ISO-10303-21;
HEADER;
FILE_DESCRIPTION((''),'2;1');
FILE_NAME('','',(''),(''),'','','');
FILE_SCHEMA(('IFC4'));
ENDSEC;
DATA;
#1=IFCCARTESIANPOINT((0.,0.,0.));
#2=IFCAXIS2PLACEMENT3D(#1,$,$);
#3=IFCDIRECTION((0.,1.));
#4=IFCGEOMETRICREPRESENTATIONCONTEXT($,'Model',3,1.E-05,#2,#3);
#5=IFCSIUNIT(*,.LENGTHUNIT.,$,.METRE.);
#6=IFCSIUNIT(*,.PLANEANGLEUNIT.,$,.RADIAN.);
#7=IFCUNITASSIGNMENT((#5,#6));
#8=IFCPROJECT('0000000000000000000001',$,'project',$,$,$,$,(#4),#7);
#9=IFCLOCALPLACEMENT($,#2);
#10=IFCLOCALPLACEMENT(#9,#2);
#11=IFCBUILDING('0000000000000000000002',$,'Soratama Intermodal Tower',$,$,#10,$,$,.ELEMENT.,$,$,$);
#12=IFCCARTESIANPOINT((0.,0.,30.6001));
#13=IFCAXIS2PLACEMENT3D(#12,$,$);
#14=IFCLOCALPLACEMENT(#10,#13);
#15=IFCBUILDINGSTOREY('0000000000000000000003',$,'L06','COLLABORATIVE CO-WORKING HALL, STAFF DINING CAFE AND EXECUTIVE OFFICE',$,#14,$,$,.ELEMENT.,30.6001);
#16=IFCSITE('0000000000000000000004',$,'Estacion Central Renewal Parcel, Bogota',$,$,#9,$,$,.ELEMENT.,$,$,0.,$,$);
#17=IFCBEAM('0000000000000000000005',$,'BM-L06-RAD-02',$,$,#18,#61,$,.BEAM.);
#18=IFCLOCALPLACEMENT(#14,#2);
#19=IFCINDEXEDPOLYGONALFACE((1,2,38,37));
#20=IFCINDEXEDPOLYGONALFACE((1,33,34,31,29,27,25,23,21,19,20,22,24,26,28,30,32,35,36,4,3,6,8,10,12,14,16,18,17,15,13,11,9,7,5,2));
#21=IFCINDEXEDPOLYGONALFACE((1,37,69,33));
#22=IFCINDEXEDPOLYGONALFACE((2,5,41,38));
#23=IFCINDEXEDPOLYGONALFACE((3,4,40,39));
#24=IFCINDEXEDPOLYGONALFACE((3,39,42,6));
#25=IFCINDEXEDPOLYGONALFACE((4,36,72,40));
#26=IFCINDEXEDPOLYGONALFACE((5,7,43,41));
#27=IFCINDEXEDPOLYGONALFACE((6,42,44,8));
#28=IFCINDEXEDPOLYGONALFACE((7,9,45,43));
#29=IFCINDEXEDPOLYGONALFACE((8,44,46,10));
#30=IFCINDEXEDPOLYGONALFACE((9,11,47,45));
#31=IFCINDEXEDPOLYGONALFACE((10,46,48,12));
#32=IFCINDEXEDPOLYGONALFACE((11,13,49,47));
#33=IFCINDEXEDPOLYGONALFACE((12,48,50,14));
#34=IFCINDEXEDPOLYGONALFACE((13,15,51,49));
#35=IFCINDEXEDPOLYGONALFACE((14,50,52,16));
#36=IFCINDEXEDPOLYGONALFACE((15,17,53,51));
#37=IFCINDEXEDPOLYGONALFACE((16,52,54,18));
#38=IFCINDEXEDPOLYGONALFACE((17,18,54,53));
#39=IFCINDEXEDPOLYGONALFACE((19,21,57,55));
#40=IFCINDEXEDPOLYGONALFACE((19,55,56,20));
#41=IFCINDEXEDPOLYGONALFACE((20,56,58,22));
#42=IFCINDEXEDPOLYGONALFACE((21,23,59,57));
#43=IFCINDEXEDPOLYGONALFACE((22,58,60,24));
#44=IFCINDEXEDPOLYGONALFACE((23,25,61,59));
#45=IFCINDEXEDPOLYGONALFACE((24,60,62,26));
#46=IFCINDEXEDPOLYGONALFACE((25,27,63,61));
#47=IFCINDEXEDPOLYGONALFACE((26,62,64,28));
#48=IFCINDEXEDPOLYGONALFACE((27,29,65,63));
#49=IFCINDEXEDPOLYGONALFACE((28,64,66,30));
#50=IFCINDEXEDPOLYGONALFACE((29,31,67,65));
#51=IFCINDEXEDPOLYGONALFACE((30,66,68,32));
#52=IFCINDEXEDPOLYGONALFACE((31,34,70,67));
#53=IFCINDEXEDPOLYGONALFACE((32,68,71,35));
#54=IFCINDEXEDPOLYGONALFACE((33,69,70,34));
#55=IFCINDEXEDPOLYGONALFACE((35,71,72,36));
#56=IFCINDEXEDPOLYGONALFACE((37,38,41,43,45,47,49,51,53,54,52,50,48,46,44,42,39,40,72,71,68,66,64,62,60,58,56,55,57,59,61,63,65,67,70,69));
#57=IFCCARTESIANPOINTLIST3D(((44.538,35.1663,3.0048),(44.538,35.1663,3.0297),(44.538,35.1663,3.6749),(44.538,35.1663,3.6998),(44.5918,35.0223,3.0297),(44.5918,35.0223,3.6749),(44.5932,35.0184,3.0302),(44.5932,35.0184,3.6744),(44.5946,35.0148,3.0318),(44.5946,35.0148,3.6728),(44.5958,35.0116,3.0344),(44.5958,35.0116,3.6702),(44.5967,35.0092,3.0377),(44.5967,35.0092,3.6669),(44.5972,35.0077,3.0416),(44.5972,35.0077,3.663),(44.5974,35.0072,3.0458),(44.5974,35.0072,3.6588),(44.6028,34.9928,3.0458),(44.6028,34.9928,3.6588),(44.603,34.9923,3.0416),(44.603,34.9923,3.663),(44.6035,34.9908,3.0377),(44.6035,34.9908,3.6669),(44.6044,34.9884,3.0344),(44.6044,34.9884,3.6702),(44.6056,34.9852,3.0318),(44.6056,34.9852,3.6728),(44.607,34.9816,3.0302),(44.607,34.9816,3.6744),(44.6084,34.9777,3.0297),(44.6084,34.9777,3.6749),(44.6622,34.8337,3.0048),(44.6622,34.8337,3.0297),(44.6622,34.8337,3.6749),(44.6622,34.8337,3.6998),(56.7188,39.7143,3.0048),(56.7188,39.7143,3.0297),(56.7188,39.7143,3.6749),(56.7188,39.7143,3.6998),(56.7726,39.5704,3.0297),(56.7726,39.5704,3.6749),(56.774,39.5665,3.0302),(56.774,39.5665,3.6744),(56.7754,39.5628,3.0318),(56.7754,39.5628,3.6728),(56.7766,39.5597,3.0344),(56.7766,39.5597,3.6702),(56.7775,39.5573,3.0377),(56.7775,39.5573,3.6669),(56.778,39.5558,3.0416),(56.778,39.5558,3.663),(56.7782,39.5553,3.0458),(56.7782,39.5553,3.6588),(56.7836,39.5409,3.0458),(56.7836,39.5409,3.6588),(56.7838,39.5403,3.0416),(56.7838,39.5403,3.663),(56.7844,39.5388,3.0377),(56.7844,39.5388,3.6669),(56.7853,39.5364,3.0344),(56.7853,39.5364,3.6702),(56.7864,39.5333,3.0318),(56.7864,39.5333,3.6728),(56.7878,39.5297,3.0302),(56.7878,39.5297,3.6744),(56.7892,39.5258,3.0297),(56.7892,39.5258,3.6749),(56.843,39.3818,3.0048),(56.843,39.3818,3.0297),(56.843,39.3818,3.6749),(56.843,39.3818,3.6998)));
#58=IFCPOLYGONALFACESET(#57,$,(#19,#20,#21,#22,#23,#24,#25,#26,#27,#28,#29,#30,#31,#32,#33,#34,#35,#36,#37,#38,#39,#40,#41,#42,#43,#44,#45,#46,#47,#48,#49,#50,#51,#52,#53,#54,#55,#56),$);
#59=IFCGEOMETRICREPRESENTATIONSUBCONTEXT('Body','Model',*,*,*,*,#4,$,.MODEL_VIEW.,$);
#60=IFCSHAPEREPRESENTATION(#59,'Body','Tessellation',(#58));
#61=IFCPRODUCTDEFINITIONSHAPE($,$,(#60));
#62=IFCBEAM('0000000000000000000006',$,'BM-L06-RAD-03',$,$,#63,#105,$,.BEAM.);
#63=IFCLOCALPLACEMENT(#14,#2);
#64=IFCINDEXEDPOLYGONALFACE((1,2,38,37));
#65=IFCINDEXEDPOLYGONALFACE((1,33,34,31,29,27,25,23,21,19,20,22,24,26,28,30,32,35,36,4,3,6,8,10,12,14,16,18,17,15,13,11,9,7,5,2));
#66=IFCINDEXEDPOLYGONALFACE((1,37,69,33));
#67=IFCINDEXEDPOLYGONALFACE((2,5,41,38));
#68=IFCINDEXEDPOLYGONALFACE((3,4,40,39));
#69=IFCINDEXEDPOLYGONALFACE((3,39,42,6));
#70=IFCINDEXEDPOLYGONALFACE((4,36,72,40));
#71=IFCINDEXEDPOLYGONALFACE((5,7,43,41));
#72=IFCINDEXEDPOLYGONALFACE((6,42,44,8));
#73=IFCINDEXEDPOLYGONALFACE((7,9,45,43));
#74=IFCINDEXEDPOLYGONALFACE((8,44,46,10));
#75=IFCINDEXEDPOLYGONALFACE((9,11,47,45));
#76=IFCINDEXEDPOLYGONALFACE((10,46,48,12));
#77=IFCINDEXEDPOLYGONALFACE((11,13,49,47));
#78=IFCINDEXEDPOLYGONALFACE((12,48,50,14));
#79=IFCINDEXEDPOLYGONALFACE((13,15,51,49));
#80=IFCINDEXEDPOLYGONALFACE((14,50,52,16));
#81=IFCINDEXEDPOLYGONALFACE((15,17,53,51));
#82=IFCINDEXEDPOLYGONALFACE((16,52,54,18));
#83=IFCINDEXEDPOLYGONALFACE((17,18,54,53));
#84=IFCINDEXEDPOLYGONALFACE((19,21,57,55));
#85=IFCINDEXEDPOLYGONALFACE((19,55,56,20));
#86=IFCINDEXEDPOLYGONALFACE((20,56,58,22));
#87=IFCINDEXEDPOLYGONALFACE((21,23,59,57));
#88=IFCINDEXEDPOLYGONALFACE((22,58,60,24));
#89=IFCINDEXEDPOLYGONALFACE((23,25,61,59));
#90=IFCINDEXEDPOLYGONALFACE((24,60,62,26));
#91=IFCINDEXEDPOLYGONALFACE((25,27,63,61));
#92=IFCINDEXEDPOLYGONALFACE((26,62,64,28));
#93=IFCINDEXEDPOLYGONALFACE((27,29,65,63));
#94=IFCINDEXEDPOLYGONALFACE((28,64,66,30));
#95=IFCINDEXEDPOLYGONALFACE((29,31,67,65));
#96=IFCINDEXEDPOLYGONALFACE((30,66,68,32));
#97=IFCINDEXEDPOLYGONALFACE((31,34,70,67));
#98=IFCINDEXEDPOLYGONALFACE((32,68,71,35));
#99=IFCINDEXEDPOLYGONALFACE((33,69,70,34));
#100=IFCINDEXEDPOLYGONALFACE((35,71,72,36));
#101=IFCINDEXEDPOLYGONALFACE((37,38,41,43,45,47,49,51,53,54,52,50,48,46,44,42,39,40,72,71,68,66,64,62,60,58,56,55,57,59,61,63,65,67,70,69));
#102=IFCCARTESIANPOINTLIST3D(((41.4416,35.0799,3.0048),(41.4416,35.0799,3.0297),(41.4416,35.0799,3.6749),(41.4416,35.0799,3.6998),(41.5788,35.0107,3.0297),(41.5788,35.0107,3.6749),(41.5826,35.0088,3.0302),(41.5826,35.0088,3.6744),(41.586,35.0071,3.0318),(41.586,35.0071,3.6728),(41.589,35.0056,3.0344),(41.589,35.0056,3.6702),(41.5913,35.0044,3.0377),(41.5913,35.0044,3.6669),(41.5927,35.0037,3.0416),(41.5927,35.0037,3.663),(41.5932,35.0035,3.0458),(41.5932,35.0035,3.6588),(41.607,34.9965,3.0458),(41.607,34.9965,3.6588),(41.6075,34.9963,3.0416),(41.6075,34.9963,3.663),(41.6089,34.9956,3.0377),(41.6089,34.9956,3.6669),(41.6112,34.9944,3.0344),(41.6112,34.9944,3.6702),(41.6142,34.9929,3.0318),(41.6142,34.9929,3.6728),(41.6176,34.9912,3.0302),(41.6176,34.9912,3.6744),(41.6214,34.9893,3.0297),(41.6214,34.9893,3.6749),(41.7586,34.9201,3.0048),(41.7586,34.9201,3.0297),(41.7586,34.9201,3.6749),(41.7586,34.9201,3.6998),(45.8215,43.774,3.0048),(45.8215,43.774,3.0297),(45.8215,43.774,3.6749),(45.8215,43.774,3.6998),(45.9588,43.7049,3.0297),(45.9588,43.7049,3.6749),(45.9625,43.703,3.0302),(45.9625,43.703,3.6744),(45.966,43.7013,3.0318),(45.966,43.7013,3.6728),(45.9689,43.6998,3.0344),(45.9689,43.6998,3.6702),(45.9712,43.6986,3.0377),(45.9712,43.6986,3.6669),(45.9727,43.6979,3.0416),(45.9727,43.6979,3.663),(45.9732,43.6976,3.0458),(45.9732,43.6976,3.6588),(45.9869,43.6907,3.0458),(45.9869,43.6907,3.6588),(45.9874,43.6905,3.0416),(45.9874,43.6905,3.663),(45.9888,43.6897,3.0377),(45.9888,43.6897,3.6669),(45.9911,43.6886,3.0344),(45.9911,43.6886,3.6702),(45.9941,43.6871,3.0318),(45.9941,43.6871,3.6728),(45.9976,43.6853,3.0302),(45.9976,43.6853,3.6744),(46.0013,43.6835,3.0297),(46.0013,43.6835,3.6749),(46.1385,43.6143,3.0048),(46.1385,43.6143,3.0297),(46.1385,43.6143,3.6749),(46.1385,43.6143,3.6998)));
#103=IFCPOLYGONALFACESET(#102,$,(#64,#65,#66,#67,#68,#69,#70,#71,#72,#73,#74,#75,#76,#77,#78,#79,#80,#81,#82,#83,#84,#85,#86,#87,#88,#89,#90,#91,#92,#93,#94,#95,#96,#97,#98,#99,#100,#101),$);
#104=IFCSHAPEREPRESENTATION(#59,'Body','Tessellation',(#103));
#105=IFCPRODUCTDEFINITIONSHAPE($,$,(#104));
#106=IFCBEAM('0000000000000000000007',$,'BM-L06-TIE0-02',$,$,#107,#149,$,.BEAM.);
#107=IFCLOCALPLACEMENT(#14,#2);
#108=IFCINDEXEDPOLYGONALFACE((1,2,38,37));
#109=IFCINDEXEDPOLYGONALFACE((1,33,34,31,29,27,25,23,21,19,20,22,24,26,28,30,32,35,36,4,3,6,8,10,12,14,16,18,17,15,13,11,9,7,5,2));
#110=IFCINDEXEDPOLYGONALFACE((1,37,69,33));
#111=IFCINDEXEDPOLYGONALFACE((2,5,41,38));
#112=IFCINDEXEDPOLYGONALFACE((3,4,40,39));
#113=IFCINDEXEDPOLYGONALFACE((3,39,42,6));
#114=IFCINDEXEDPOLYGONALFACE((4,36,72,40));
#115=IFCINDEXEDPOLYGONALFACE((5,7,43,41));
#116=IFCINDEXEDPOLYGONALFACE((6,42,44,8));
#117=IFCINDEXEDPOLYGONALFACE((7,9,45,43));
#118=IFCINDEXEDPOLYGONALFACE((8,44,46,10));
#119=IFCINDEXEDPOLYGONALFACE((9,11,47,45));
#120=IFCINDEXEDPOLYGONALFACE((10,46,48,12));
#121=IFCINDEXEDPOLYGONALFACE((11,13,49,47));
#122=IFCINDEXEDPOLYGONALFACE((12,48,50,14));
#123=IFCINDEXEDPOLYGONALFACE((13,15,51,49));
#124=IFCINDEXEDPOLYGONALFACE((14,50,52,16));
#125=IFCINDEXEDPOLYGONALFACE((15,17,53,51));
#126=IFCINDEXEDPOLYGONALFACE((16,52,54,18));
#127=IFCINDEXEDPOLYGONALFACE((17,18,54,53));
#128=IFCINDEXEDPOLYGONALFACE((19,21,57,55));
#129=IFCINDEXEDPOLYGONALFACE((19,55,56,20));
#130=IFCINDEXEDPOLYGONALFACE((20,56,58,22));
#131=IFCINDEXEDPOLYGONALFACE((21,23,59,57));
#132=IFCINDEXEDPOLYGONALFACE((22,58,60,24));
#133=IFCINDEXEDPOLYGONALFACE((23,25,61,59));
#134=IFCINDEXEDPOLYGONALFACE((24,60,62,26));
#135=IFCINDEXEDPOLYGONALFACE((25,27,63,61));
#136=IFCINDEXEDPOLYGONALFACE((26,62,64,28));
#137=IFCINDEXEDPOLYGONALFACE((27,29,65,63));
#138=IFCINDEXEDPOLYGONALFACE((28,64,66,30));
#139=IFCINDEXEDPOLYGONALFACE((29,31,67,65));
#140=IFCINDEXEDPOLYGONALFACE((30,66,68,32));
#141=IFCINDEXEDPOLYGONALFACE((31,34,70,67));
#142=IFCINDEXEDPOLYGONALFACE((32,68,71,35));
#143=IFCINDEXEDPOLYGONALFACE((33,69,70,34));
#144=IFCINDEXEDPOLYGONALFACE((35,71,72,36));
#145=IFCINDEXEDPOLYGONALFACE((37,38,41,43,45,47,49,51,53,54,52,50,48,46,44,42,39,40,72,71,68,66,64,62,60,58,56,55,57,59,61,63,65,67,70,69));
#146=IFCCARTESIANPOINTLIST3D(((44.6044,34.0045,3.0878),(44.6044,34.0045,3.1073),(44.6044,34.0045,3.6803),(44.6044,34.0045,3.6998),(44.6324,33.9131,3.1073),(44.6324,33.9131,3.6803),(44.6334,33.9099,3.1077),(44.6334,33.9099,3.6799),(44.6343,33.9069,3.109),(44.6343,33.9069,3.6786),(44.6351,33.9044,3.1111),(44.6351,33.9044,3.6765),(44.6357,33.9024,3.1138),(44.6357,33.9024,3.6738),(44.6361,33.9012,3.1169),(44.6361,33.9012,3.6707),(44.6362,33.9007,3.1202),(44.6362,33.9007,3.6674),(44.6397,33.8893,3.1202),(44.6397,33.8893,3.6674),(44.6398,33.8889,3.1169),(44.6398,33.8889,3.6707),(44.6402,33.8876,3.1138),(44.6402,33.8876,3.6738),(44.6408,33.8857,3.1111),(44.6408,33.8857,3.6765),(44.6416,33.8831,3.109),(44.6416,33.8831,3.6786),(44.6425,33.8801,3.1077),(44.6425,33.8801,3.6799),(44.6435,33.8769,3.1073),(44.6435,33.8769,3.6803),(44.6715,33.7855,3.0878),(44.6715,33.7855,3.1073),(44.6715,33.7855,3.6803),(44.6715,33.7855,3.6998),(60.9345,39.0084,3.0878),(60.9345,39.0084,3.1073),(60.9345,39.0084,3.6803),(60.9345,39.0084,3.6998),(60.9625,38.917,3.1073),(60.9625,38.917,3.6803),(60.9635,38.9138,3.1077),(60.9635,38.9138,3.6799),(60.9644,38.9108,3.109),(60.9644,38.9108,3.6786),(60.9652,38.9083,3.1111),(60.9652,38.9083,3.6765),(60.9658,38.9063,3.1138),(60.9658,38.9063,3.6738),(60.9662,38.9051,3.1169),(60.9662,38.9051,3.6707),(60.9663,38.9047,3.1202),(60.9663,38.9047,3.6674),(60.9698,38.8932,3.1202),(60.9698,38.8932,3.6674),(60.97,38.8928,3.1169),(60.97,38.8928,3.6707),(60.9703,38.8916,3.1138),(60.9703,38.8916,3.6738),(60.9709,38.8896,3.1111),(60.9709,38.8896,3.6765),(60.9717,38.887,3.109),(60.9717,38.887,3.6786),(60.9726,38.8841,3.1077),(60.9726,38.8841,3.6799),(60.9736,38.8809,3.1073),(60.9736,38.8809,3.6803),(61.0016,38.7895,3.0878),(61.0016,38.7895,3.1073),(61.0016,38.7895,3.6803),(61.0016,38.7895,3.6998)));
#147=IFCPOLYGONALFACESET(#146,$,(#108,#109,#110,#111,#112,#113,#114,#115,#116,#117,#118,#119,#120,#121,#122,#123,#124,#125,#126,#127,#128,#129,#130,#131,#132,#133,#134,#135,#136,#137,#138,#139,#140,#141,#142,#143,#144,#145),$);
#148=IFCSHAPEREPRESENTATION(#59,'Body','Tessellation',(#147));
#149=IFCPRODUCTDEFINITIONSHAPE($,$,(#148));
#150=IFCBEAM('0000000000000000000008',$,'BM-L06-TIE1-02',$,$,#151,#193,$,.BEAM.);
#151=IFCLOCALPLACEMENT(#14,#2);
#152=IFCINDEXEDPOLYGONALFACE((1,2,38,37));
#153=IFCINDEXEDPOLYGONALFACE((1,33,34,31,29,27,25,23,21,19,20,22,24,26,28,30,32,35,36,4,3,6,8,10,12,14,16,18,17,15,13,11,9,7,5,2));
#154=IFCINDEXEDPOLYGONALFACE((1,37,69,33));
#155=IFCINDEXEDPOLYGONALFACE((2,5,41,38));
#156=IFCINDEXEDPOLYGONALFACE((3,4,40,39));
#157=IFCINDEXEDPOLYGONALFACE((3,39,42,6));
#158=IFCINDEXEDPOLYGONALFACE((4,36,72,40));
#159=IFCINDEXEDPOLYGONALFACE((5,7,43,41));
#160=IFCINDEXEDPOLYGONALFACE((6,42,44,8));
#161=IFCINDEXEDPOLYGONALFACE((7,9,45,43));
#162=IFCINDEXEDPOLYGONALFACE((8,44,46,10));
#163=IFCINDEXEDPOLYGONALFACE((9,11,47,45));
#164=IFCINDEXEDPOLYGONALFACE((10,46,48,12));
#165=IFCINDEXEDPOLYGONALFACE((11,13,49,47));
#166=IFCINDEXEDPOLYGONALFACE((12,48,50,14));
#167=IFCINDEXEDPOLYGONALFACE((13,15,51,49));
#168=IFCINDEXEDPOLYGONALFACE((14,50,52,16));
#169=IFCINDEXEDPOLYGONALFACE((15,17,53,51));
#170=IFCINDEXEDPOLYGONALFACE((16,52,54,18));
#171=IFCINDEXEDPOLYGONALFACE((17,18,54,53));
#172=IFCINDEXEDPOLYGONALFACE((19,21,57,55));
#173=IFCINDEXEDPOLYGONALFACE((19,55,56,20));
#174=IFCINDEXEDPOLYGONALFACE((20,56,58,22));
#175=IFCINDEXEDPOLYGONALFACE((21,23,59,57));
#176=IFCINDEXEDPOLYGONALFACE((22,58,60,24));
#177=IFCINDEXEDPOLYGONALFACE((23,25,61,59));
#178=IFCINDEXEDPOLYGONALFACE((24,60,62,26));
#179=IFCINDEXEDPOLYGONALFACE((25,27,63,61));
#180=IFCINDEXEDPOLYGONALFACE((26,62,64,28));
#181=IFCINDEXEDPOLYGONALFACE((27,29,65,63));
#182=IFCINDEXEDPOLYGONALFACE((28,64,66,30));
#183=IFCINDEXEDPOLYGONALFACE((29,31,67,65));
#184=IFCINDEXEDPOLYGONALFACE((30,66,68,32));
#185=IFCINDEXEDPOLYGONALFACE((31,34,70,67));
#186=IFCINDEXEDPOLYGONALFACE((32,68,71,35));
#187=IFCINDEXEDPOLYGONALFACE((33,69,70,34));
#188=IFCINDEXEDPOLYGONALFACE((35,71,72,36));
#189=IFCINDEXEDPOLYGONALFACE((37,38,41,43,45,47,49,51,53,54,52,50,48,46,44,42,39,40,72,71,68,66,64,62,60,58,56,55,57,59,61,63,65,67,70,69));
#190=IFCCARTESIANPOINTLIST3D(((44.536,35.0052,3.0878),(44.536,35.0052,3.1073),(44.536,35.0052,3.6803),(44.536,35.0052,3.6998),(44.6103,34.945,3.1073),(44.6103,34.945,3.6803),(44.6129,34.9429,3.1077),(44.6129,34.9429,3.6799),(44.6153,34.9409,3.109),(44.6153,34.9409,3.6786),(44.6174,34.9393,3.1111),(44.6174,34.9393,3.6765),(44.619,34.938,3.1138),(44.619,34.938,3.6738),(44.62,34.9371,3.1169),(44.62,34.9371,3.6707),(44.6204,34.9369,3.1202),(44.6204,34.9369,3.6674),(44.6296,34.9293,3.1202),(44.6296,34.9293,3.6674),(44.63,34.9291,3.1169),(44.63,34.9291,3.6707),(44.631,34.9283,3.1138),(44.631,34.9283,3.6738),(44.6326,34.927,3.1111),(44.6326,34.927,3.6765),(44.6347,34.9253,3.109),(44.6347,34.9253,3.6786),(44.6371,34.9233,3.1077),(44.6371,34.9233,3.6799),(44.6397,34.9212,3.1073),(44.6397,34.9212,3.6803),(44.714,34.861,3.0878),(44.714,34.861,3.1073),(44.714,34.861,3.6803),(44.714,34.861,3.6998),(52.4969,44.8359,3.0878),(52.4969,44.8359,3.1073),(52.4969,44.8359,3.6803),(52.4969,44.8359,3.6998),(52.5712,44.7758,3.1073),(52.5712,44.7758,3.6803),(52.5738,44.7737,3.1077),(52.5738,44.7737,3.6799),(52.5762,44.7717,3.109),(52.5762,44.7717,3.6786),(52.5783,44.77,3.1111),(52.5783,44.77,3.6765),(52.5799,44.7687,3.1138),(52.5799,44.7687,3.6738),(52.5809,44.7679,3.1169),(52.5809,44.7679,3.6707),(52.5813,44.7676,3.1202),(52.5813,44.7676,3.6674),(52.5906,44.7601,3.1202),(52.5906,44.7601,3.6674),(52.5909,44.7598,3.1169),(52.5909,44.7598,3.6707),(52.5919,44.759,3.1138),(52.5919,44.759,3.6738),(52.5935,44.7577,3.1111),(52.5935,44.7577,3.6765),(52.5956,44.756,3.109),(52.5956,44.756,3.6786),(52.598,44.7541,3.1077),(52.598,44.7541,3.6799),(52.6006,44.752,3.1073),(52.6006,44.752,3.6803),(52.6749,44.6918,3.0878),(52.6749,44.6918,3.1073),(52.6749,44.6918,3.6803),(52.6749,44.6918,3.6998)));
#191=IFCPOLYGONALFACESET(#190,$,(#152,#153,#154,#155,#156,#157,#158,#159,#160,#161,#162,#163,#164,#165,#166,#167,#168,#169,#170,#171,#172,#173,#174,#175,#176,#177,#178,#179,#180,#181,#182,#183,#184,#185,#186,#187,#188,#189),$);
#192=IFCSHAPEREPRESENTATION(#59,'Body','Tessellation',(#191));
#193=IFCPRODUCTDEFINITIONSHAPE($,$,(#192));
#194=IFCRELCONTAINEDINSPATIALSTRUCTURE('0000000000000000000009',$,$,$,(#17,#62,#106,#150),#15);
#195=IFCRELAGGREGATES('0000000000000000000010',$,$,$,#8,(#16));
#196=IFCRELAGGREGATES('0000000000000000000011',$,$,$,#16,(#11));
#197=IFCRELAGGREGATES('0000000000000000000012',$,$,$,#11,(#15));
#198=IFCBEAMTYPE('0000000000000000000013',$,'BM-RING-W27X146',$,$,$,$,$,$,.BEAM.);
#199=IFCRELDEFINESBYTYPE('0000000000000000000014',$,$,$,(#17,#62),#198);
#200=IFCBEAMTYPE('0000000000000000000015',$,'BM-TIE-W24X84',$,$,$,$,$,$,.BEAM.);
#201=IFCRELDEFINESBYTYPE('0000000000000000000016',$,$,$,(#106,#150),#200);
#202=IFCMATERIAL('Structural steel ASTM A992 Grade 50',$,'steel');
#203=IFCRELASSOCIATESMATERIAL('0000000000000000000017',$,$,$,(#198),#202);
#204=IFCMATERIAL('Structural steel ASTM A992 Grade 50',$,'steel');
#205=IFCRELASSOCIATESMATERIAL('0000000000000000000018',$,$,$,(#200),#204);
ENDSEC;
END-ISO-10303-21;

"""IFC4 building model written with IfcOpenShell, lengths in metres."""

from ifc_helpers import new_model, si_unit, direction, frame, origin, origin_2d, place, context, subcontext, project, spatial, i_section, extrude, material, material_profile, profile_set, type_object, element, save


model = new_model("IFC4")

# Units and contexts
model_context = context("Model", 3, precision=1e-05, world=origin(), true_north=direction((0.0, 1.0)))
body_context = subcontext(model_context, "Body", "Model", "MODEL_VIEW")
ifc_project = project(units=[si_unit("LENGTHUNIT", "METRE"), si_unit("PLANEANGLEUNIT", "RADIAN")], contexts=[model_context])

# Site, building, storey
site_placement = place(None, origin())
site = spatial("IfcSite", under=ifc_project, at=site_placement, Name="Estacion Central Renewal Parcel, Bogota", CompositionType="ELEMENT", RefElevation=0.0)
building_placement = place(site_placement, origin())
building = spatial("IfcBuilding", under=site, at=building_placement, Name="Soratama Intermodal Tower", CompositionType="ELEMENT")
storey_placement = place(building_placement, frame((0.0, 0.0, 30.6001)))
storey = spatial("IfcBuildingStorey", under=building, at=storey_placement, Name="L06", Description="COLLABORATIVE CO-WORKING HALL, STAFF DINING CAFE AND EXECUTIVE OFFICE", CompositionType="ELEMENT", Elevation=30.6001)

# Beams
ifc_material_1 = material(Name="Structural steel ASTM A992 Grade 50", Category="steel")
ifc_material_profile_1 = material_profile(ifc_material_1, i_section(OverallWidth=0.355, OverallDepth=0.6951, WebThickness=0.0154, FlangeThickness=0.0249, FilletRadius=0.0161, at=origin_2d()), Name="W27X146")
ifc_profile_set_1 = profile_set([ifc_material_profile_1], Name="Structural steel ASTM A992 Grade 50")
beam_type_1 = type_object("IfcBeamType", Name="BM-RING-W27X146", PredefinedType="BEAM", material=ifc_profile_set_1)
beam_1_placement = place(storey_placement, frame((44.6001, 35.0, 3.3523), z_axis=(0.936827, 0.349792, 0.0), x_axis=(-0.349792, 0.936827, 0.0)))
element("IfcBeam", 1, at=beam_1_placement, inside=storey, type_object=beam_type_1, Name="BM-L06-RAD-02", PredefinedType="BEAM", context=body_context, shape_type="SweptSolid", body=[
    extrude(i_section(OverallWidth=0.355, OverallDepth=0.6951, WebThickness=0.0154, FlangeThickness=0.0249, FilletRadius=0.0161, at=origin_2d()), origin(), (0.0, 0.0, 1.0), 13.0022),
])
beam_2_placement = place(storey_placement, frame((41.6001, 35.0, 3.3523), z_axis=(0.44991, 0.893074, 0.0), x_axis=(-0.893074, 0.44991, 0.0)))
element("IfcBeam", 2, at=beam_2_placement, inside=storey, type_object=beam_type_1, Name="BM-L06-RAD-03", PredefinedType="BEAM", context=body_context, shape_type="SweptSolid", body=[
    extrude(i_section(OverallWidth=0.355, OverallDepth=0.6951, WebThickness=0.0154, FlangeThickness=0.0249, FilletRadius=0.0161, at=origin_2d()), origin(), (0.0, 0.0, 1.0), 9.7351),
])
ifc_material_2 = material(Name="Structural steel ASTM A992 Grade 50", Category="steel")
ifc_material_profile_2 = material_profile(ifc_material_2, i_section(OverallWidth=0.229, OverallDepth=0.6121, WebThickness=0.012, FlangeThickness=0.0195, FilletRadius=0.0129, at=origin_2d()), Name="W24X84")
ifc_profile_set_2 = profile_set([ifc_material_profile_2], Name="Structural steel ASTM A992 Grade 50")
beam_type_2 = type_object("IfcBeamType", Name="BM-TIE-W24X84", PredefinedType="BEAM", material=ifc_profile_set_2)
beam_3_placement = place(storey_placement, frame((44.6379, 33.895, 3.3938), z_axis=(0.95612, 0.292977, 0.0), x_axis=(-0.292977, 0.95612, 0.0)))
element("IfcBeam", 3, at=beam_3_placement, inside=storey, type_object=beam_type_2, Name="BM-L06-TIE0-02", PredefinedType="BEAM", context=body_context, shape_type="SweptSolid", body=[
    extrude(i_section(OverallWidth=0.229, OverallDepth=0.6121, WebThickness=0.012, FlangeThickness=0.0195, FilletRadius=0.0129, at=origin_2d()), origin(), (0.0, 0.0, 1.0), 17.0796),
])
beam_4_placement = place(storey_placement, frame((44.625, 34.9331, 3.3938), z_axis=(0.629325, 0.777142, 0.0), x_axis=(-0.777142, 0.629325, 0.0)))
element("IfcBeam", 4, at=beam_4_placement, inside=storey, type_object=beam_type_2, Name="BM-L06-TIE1-02", PredefinedType="BEAM", context=body_context, shape_type="SweptSolid", body=[
    extrude(i_section(OverallWidth=0.229, OverallDepth=0.6121, WebThickness=0.012, FlangeThickness=0.0195, FilletRadius=0.0129, at=origin_2d()), origin(), (0.0, 0.0, 1.0), 12.6499),
])

save(model, "model.ifc")
